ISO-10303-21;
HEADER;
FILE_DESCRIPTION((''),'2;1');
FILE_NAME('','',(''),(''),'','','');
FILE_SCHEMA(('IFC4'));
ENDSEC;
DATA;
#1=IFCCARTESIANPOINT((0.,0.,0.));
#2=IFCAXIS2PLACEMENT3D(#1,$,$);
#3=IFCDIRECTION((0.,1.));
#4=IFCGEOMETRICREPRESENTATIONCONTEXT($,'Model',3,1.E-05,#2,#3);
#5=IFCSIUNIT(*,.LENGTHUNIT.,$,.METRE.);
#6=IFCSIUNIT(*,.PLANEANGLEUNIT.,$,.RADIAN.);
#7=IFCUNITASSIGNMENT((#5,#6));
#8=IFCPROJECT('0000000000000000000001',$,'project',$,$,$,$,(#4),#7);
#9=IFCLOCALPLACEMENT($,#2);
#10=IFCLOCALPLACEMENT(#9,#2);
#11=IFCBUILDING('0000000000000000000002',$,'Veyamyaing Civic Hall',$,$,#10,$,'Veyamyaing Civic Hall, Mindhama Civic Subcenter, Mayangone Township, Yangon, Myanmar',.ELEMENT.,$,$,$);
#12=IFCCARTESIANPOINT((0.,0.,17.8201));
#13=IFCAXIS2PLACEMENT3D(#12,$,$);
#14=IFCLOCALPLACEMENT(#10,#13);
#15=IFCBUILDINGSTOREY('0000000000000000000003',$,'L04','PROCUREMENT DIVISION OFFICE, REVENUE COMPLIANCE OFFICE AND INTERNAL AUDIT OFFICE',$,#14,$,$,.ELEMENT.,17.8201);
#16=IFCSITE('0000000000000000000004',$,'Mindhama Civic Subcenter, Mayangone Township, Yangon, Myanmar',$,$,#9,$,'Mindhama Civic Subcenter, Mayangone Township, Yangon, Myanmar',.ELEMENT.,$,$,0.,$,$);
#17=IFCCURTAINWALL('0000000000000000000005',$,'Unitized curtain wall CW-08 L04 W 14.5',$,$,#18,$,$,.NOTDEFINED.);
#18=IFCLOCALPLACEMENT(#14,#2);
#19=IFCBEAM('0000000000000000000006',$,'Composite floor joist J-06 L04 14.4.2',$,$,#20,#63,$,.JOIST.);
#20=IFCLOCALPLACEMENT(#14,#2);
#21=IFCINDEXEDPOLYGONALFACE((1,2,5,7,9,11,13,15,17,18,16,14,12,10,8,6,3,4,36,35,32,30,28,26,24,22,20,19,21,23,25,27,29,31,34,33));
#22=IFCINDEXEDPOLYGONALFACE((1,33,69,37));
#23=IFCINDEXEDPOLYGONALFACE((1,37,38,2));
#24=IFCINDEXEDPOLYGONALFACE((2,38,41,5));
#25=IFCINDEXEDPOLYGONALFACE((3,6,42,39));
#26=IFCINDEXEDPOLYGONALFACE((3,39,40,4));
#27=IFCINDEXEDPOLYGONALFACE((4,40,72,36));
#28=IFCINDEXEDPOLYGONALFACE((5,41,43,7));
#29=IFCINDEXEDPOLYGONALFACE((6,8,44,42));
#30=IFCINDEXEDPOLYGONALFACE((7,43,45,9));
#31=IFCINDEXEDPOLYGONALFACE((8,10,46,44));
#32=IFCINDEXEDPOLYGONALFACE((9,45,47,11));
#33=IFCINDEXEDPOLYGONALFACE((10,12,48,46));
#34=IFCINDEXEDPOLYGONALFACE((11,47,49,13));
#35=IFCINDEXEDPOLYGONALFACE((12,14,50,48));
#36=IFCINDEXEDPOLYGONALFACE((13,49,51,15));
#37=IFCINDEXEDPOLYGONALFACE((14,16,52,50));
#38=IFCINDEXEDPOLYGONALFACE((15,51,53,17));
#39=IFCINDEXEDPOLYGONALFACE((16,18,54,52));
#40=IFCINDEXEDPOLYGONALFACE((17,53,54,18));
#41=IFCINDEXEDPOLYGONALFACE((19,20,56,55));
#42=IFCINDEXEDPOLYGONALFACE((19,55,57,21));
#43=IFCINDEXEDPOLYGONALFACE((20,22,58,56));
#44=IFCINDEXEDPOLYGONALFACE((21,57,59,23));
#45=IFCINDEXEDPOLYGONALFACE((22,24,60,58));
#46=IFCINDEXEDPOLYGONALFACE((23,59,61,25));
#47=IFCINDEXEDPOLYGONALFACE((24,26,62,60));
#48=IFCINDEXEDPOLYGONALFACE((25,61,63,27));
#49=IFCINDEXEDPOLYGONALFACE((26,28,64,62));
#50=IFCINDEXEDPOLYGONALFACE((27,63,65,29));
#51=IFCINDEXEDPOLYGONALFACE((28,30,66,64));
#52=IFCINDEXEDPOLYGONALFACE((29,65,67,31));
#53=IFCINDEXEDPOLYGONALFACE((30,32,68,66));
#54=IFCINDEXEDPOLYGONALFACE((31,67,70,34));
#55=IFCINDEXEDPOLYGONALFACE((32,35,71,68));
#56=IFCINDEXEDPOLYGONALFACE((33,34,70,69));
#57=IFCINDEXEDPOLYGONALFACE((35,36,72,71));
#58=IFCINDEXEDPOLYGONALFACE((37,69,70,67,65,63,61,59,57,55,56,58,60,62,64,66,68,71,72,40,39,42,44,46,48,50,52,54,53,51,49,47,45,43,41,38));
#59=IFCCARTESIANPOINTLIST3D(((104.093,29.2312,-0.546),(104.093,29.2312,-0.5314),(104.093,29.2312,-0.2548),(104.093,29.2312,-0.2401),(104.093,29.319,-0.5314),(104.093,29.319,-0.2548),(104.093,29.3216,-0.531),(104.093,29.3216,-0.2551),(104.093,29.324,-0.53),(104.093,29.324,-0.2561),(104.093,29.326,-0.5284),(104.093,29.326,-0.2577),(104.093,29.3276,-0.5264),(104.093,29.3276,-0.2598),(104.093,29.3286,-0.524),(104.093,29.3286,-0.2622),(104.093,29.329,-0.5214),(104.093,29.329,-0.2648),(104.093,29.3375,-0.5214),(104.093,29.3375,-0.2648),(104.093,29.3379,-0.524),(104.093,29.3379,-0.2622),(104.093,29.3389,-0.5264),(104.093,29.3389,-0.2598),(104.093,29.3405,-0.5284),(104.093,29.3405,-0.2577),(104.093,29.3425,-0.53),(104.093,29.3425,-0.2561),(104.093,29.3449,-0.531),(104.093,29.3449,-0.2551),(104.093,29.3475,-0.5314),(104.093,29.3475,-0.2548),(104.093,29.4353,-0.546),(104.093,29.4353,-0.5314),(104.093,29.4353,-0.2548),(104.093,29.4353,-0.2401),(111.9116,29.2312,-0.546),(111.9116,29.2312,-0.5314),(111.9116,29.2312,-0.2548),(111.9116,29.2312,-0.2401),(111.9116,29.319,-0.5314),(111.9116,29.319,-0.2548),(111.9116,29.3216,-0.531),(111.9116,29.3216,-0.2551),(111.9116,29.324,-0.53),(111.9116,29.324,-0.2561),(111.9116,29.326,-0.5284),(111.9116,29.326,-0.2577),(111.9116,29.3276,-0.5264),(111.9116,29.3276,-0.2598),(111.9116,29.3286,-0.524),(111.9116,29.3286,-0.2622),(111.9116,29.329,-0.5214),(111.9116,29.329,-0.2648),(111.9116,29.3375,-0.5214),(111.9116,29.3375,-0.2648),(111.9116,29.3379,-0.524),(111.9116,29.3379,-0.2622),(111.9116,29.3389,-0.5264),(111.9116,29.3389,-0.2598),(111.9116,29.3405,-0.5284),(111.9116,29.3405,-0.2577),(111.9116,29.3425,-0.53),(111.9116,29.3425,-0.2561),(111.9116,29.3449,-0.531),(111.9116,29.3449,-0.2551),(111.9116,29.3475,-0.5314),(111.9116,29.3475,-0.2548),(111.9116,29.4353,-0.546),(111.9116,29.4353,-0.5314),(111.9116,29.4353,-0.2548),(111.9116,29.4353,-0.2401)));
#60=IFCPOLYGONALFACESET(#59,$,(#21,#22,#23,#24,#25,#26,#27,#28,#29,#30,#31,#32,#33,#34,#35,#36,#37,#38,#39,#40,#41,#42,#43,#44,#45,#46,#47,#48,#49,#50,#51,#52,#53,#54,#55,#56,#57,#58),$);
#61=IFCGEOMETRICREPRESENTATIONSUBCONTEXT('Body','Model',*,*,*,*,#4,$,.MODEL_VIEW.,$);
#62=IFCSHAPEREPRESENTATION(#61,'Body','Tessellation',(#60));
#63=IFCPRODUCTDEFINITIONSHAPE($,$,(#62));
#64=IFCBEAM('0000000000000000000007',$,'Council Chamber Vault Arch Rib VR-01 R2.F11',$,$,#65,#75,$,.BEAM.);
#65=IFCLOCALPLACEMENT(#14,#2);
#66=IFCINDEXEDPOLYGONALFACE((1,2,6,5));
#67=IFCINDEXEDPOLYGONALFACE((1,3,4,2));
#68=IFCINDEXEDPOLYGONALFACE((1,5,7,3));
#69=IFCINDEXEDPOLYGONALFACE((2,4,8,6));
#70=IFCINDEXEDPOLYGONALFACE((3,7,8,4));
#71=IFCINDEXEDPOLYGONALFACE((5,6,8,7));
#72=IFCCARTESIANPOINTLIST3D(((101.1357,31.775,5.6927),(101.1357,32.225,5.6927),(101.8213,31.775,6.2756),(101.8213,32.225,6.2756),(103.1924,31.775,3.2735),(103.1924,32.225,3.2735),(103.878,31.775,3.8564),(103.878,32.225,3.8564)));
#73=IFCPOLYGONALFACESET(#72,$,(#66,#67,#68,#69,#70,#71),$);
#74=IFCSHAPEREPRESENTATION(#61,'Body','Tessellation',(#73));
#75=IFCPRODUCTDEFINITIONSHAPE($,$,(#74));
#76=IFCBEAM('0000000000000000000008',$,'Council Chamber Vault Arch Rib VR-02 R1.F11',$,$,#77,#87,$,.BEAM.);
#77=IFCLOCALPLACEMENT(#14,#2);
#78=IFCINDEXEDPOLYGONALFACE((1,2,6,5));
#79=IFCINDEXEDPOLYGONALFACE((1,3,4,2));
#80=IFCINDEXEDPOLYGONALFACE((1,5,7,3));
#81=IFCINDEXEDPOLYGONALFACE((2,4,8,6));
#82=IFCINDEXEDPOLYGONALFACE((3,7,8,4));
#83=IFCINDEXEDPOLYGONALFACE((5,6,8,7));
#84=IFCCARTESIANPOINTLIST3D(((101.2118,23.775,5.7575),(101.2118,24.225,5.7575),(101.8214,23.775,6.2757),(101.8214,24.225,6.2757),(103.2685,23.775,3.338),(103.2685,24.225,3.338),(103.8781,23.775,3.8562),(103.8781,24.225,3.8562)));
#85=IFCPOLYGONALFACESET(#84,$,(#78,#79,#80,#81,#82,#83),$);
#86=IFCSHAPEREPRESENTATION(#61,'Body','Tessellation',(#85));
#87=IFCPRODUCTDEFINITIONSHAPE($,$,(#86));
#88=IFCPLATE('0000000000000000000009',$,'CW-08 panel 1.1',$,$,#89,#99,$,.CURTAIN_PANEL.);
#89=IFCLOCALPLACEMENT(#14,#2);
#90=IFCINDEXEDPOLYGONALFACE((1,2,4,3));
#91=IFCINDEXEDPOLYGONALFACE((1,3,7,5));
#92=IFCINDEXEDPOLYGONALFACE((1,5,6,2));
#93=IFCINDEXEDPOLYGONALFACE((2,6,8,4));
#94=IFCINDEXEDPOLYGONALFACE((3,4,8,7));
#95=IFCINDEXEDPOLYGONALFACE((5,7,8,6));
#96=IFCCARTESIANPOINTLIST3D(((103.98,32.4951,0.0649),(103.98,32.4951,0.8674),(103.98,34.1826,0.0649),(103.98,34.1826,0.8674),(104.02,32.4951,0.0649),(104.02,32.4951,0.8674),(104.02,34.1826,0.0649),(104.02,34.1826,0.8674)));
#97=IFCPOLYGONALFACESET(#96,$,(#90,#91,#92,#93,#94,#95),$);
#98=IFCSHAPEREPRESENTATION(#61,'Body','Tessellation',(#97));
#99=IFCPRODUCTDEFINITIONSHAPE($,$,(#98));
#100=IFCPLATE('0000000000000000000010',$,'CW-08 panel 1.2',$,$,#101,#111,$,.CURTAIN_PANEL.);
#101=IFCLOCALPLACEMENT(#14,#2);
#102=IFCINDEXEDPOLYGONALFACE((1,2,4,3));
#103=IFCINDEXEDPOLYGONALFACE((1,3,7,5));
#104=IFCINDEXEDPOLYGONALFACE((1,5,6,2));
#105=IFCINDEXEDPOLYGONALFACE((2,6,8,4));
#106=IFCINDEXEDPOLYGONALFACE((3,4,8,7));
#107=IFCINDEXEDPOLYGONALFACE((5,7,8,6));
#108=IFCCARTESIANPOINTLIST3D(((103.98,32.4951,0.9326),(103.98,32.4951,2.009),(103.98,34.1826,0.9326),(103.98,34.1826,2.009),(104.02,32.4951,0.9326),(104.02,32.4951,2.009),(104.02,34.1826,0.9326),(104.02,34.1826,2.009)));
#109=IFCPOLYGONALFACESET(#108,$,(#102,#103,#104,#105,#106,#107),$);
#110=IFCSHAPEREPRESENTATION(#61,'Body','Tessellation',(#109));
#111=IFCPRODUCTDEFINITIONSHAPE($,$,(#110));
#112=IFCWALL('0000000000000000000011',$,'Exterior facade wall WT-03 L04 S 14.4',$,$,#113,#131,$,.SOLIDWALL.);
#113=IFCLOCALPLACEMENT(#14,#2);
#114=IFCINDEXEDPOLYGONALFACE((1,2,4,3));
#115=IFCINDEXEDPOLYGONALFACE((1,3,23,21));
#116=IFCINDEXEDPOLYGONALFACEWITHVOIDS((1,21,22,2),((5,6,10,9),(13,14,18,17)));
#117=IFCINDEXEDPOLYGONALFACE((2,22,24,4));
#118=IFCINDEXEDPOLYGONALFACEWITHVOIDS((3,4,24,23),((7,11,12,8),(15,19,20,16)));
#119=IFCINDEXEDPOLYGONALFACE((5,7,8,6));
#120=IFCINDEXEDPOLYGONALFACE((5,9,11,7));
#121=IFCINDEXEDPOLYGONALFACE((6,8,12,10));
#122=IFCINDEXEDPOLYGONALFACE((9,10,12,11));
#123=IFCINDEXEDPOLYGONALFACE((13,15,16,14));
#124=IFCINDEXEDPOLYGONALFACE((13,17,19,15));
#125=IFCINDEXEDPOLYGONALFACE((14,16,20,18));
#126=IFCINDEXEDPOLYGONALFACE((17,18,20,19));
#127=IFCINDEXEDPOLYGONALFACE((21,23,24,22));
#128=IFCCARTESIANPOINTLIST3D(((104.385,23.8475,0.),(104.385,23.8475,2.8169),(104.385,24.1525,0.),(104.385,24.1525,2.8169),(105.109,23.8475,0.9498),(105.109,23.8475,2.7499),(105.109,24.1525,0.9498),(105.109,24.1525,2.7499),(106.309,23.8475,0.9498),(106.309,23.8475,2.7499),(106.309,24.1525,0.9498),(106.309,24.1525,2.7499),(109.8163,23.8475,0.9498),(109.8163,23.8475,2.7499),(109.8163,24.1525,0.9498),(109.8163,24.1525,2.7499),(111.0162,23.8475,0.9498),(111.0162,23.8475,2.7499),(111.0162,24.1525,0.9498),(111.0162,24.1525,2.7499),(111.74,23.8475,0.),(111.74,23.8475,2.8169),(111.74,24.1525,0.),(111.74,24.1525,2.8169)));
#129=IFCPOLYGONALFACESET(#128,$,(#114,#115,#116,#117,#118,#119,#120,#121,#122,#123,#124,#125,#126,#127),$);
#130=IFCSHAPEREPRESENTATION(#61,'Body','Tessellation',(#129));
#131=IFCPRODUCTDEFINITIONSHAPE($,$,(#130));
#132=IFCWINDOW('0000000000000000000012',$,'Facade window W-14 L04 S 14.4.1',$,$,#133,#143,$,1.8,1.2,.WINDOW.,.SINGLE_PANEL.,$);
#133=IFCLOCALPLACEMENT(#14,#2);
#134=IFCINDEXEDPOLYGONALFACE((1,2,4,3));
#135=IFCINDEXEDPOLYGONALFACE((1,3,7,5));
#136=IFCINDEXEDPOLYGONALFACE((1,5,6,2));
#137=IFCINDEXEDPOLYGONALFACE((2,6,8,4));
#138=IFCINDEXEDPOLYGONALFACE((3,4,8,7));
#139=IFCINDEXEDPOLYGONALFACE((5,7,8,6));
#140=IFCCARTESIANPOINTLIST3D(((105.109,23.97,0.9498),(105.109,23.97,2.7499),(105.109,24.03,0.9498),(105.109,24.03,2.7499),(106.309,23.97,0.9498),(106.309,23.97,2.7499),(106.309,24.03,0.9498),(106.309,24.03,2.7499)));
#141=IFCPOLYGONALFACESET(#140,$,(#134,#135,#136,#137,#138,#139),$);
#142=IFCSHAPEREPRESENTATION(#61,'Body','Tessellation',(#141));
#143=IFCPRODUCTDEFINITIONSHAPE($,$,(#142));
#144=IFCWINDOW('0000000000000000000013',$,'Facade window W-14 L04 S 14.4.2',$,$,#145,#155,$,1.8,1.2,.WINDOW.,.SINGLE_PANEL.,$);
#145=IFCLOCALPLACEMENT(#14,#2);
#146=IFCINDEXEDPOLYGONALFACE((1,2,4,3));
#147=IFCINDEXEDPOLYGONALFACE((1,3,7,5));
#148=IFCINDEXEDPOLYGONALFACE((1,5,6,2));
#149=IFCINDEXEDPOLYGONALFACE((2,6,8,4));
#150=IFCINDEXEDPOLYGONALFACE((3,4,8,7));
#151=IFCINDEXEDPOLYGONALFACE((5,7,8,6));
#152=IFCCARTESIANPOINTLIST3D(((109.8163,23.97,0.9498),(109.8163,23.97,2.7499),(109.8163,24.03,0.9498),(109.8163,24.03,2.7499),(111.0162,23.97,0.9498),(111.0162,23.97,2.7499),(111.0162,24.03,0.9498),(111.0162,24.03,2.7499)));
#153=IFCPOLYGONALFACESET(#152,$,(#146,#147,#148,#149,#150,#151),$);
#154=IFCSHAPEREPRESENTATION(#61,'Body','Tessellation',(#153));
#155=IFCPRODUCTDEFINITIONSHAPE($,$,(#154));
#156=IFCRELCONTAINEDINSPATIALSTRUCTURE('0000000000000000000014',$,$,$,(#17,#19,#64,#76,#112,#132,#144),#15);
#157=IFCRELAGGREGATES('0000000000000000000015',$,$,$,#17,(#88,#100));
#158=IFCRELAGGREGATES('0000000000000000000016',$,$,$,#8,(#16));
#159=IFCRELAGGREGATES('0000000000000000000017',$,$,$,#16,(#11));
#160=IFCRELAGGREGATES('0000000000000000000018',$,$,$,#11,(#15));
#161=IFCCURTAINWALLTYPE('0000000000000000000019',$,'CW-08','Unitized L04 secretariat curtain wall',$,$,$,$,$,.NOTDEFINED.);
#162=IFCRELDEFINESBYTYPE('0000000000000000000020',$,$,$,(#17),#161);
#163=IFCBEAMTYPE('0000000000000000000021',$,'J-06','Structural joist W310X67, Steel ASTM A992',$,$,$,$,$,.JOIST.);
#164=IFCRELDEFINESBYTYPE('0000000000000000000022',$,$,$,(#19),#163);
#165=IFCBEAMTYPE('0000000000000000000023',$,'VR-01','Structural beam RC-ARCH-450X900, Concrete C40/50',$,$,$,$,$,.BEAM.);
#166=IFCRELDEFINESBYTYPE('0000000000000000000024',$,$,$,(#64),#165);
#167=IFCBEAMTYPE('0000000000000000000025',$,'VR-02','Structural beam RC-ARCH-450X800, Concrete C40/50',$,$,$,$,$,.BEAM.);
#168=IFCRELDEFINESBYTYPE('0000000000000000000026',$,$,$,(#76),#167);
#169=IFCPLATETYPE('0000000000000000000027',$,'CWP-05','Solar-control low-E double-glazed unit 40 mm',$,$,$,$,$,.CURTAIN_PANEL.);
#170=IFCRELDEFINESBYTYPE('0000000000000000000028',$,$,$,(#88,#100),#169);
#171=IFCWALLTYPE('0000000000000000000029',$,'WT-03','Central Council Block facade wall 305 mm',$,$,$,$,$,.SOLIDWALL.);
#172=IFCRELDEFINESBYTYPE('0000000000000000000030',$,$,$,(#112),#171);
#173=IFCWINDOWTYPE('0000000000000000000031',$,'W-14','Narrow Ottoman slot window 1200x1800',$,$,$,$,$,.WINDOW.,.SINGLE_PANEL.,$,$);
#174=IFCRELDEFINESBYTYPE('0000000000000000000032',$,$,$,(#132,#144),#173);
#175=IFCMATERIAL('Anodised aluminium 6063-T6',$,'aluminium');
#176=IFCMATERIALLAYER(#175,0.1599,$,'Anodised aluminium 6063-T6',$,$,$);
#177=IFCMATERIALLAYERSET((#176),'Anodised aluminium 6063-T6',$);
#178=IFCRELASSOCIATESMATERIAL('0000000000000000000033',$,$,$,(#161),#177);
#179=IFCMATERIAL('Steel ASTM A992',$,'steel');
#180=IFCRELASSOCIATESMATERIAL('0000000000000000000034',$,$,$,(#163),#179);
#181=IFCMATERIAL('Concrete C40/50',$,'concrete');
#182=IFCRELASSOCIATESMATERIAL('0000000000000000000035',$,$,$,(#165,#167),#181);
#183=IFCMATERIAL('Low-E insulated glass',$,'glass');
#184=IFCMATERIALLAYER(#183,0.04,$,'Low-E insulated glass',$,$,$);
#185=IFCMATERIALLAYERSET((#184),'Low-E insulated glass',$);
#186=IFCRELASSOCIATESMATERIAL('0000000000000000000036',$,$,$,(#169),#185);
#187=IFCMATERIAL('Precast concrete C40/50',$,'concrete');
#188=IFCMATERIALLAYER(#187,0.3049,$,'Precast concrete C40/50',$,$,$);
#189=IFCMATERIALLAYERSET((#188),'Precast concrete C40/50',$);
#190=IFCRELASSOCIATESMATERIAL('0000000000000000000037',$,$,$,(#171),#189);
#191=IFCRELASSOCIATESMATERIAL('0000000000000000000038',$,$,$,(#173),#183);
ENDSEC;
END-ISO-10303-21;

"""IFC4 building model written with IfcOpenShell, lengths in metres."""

from ifc_helpers import new_model, si_unit, direction, frame, frame_2d, origin, origin_2d, place, context, subcontext, project, spatial, rectangle, i_section, extrude, material, layer, layer_set, material_profile, profile_set, type_object, element, fill, aggregate, save


model = new_model("IFC4")

# Units and contexts
model_context = context("Model", 3, precision=1e-05, world=origin(), true_north=direction((0.0, 1.0)))
body_context = subcontext(model_context, "Body", "Model", "MODEL_VIEW")
ifc_project = project(units=[si_unit("LENGTHUNIT", "METRE"), si_unit("PLANEANGLEUNIT", "RADIAN")], contexts=[model_context])

# Site, building, storey
site_placement = place(None, origin())
site = spatial("IfcSite", under=ifc_project, at=site_placement, Name="Mindhama Civic Subcenter, Mayangone Township, Yangon, Myanmar", LongName="Mindhama Civic Subcenter, Mayangone Township, Yangon, Myanmar", CompositionType="ELEMENT", RefElevation=0.0)
building_placement = place(site_placement, origin())
building = spatial("IfcBuilding", under=site, at=building_placement, Name="Veyamyaing Civic Hall", LongName="Veyamyaing Civic Hall, Mindhama Civic Subcenter, Mayangone Township, Yangon, Myanmar", CompositionType="ELEMENT")
storey_placement = place(building_placement, frame((0.0, 0.0, 17.8201)))
storey = spatial("IfcBuildingStorey", under=building, at=storey_placement, Name="L04", Description="PROCUREMENT DIVISION OFFICE, REVENUE COMPLIANCE OFFICE AND INTERNAL AUDIT OFFICE", CompositionType="ELEMENT", Elevation=17.8201)

# Shared definitions
ifc_material_1 = material(Name="Steel ASTM A992", Category="steel")

# Curtain wall
ifc_material_2 = material(Name="Anodised aluminium 6063-T6", Category="aluminium")
ifc_layer_1 = layer(ifc_material_2, 0.1599, Name="Anodised aluminium 6063-T6")
ifc_layer_set_1 = layer_set([ifc_layer_1], Name="Anodised aluminium 6063-T6")
curtain_wall_type = type_object("IfcCurtainWallType", Name="CW-08", Description="Unitized L04 secretariat curtain wall", PredefinedType="NOTDEFINED", material=ifc_layer_set_1)
curtain_wall_placement = place(storey_placement, origin())
curtain_wall = element("IfcCurtainWall", 1, at=curtain_wall_placement, inside=storey, type_object=curtain_wall_type, Name="Unitized curtain wall CW-08 L04 W 14.5", PredefinedType="NOTDEFINED")

# Beams
ifc_material_profile_1 = material_profile(ifc_material_1, i_section(OverallWidth=0.2041, OverallDepth=0.3059, WebThickness=0.0085, FlangeThickness=0.0146, FilletRadius=0.01, at=origin_2d()), Name="W310X67")
ifc_profile_set_1 = profile_set([ifc_material_profile_1], Name="Steel ASTM A992")
beam_type_1 = type_object("IfcBeamType", Name="J-06", Description="Structural joist W310X67, Steel ASTM A992", PredefinedType="JOIST", material=ifc_profile_set_1)
for number, where, z_axis, x_axis, name in (
    (2, (104.093, 29.3333, -0.3931), (1.0, 0.0, 0.0), (0.0, 1.0, 0.0), "Composite floor joist J-06 L04 14.4.2"),
):
    element("IfcBeam", number, at=place(storey_placement, frame(where, z_axis=z_axis, x_axis=x_axis)), inside=storey, type_object=beam_type_1, Name=name, PredefinedType="JOIST", context=body_context, shape_type="SweptSolid", body=[
        extrude(i_section(OverallWidth=0.2041, OverallDepth=0.3059, WebThickness=0.0085, FlangeThickness=0.0146, FilletRadius=0.01, at=origin_2d()), origin(), (0.0, 0.0, 1.0), 7.8186),
    ])
ifc_material_3 = material(Name="Concrete C40/50", Category="concrete")
ifc_material_profile_2 = material_profile(ifc_material_3, rectangle(XDim=0.45, YDim=0.8999, at=origin_2d()), Name="RC-ARCH-450X900")
ifc_profile_set_2 = profile_set([ifc_material_profile_2], Name="Concrete C40/50")
beam_type_2 = type_object("IfcBeamType", Name="VR-01", Description="Structural beam RC-ARCH-450X900, Concrete C40/50", PredefinedType="BEAM", material=ifc_profile_set_2)
beam_1_placement = place(storey_placement, frame((101.4785, 32.0, 5.9841), z_axis=(0.647709, 0.0, -0.761888), x_axis=(0.0, 1.0, 0.0)))
element("IfcBeam", 3, at=beam_1_placement, inside=storey, type_object=beam_type_2, Name="Council Chamber Vault Arch Rib VR-01 R2.F11", PredefinedType="BEAM", context=body_context, shape_type="SweptSolid", body=[
    extrude(rectangle(XDim=0.45, YDim=0.8999, at=origin_2d()), origin(), (0.0, 0.0, 1.0), 3.1753),
])
ifc_material_profile_3 = material_profile(ifc_material_3, rectangle(XDim=0.45, YDim=0.8, at=origin_2d()), Name="RC-ARCH-450X800")
ifc_profile_set_3 = profile_set([ifc_material_profile_3], Name="Concrete C40/50")
beam_type_3 = type_object("IfcBeamType", Name="VR-02", Description="Structural beam RC-ARCH-450X800, Concrete C40/50", PredefinedType="BEAM", material=ifc_profile_set_3)
beam_2_placement = place(storey_placement, frame((101.5166, 24.0, 6.0166), z_axis=(0.647671, 0.0, -0.76192), x_axis=(0.0, 1.0, 0.0)))
element("IfcBeam", 4, at=beam_2_placement, inside=storey, type_object=beam_type_3, Name="Council Chamber Vault Arch Rib VR-02 R1.F11", PredefinedType="BEAM", context=body_context, shape_type="SweptSolid", body=[
    extrude(rectangle(XDim=0.45, YDim=0.8, at=origin_2d()), origin(), (0.0, 0.0, 1.0), 3.1755),
])

# Plates
ifc_material_4 = material(Name="Low-E insulated glass", Category="glass")
ifc_layer_2 = layer(ifc_material_4, 0.04, Name="Low-E insulated glass")
ifc_layer_set_2 = layer_set([ifc_layer_2], Name="Low-E insulated glass")
plate_type = type_object("IfcPlateType", Name="CWP-05", Description="Solar-control low-E double-glazed unit 40 mm", PredefinedType="CURTAIN_PANEL", material=ifc_layer_set_2)
plate_1_placement = place(storey_placement, frame((104.0, 33.3389, 0.0649), z_axis=(0.0, 0.0, 1.0), x_axis=(0.0, 1.0, 0.0)))
plate_1 = element("IfcPlate", 5, at=plate_1_placement, type_object=plate_type, Name="CW-08 panel 1.1", PredefinedType="CURTAIN_PANEL", context=body_context, shape_type="SweptSolid", body=[
    extrude(rectangle(XDim=1.6875, YDim=0.04, at=origin_2d()), origin(), (0.0, 0.0, 1.0), 0.8025),
])
plate_2_placement = place(storey_placement, frame((104.0, 33.3389, 0.9326), z_axis=(0.0, 0.0, 1.0), x_axis=(0.0, 1.0, 0.0)))
plate_2 = element("IfcPlate", 6, at=plate_2_placement, type_object=plate_type, Name="CW-08 panel 1.2", PredefinedType="CURTAIN_PANEL", context=body_context, shape_type="SweptSolid", body=[
    extrude(rectangle(XDim=1.6875, YDim=0.04, at=origin_2d()), origin(), (0.0, 0.0, 1.0), 1.0764),
])
aggregate(curtain_wall, [plate_1, plate_2])

# Wall, openings, windows
ifc_material_5 = material(Name="Precast concrete C40/50", Category="concrete")
ifc_layer_3 = layer(ifc_material_5, 0.3049, Name="Precast concrete C40/50")
ifc_layer_set_3 = layer_set([ifc_layer_3], Name="Precast concrete C40/50")
wall_type_1 = type_object("IfcWallType", Name="WT-03", Description="Central Council Block facade wall 305 mm", PredefinedType="SOLIDWALL", material=ifc_layer_set_3)
wall_1_placement = place(storey_placement, frame((104.385, 24.0, 0.0), z_axis=(0.0, 0.0, 1.0), x_axis=(1.0, 0.0, 0.0)))
wall_1 = element("IfcWall", 7, at=wall_1_placement, inside=storey, type_object=wall_type_1, Name="Exterior facade wall WT-03 L04 S 14.4", PredefinedType="SOLIDWALL", context=body_context, shape_type="SweptSolid", body=[
    extrude(rectangle(XDim=7.355, YDim=0.3049, at=frame_2d((3.6775, 0.0))), origin(), (0.0, 0.0, 1.0), 2.8169),
])
opening_1_placement = place(wall_1_placement, frame((0.7239, 0.0, 0.95)))
opening_1 = element("IfcOpeningElement", 8, at=opening_1_placement, cuts=wall_1, PredefinedType="OPENING", context=body_context, shape_type="SweptSolid", body=[
    extrude(rectangle(XDim=1.2, YDim=1.8, at=frame_2d((0.6001, 0.8999))), frame((0.0, 0.1624, 0.0), z_axis=(0.0, -1.0, 0.0), x_axis=(1.0, 0.0, 0.0)), (0.0, 0.0, 1.0), 0.325),
])
opening_2_placement = place(wall_1_placement, frame((5.4312, 0.0, 0.95)))
opening_2 = element("IfcOpeningElement", 9, at=opening_2_placement, cuts=wall_1, PredefinedType="OPENING", context=body_context, shape_type="SweptSolid", body=[
    extrude(rectangle(XDim=1.2, YDim=1.8, at=frame_2d((0.6001, 0.8999))), frame((0.0, 0.1624, 0.0), z_axis=(0.0, -1.0, 0.0), x_axis=(1.0, 0.0, 0.0)), (0.0, 0.0, 1.0), 0.325),
])
window_type_1 = type_object("IfcWindowType", Name="W-14", Description="Narrow Ottoman slot window 1200x1800", PartitioningType="SINGLE_PANEL", PredefinedType="WINDOW", material=ifc_material_4)
window_1_placement = place(opening_1_placement, origin())
window_1 = element("IfcWindow", 10, at=window_1_placement, inside=storey, type_object=window_type_1, Name="Facade window W-14 L04 S 14.4.1", OverallHeight=1.8, OverallWidth=1.2, PartitioningType="SINGLE_PANEL", PredefinedType="WINDOW", context=body_context, shape_type="SweptSolid", body=[
    extrude(rectangle(XDim=1.2, YDim=1.8, at=frame_2d((0.6001, 0.8999))), frame((0.0, 0.03, 0.0), z_axis=(0.0, -1.0, 0.0), x_axis=(1.0, 0.0, 0.0)), (0.0, 0.0, 1.0), 0.0601),
])
fill(opening_1, window_1)
window_2_placement = place(opening_2_placement, origin())
window_2 = element("IfcWindow", 11, at=window_2_placement, inside=storey, type_object=window_type_1, Name="Facade window W-14 L04 S 14.4.2", OverallHeight=1.8, OverallWidth=1.2, PartitioningType="SINGLE_PANEL", PredefinedType="WINDOW", context=body_context, shape_type="SweptSolid", body=[
    extrude(rectangle(XDim=1.2, YDim=1.8, at=frame_2d((0.6001, 0.8999))), frame((0.0, 0.03, 0.0), z_axis=(0.0, -1.0, 0.0), x_axis=(1.0, 0.0, 0.0)), (0.0, 0.0, 1.0), 0.0601),
])
fill(opening_2, window_2)

save(model, "model.ifc")
